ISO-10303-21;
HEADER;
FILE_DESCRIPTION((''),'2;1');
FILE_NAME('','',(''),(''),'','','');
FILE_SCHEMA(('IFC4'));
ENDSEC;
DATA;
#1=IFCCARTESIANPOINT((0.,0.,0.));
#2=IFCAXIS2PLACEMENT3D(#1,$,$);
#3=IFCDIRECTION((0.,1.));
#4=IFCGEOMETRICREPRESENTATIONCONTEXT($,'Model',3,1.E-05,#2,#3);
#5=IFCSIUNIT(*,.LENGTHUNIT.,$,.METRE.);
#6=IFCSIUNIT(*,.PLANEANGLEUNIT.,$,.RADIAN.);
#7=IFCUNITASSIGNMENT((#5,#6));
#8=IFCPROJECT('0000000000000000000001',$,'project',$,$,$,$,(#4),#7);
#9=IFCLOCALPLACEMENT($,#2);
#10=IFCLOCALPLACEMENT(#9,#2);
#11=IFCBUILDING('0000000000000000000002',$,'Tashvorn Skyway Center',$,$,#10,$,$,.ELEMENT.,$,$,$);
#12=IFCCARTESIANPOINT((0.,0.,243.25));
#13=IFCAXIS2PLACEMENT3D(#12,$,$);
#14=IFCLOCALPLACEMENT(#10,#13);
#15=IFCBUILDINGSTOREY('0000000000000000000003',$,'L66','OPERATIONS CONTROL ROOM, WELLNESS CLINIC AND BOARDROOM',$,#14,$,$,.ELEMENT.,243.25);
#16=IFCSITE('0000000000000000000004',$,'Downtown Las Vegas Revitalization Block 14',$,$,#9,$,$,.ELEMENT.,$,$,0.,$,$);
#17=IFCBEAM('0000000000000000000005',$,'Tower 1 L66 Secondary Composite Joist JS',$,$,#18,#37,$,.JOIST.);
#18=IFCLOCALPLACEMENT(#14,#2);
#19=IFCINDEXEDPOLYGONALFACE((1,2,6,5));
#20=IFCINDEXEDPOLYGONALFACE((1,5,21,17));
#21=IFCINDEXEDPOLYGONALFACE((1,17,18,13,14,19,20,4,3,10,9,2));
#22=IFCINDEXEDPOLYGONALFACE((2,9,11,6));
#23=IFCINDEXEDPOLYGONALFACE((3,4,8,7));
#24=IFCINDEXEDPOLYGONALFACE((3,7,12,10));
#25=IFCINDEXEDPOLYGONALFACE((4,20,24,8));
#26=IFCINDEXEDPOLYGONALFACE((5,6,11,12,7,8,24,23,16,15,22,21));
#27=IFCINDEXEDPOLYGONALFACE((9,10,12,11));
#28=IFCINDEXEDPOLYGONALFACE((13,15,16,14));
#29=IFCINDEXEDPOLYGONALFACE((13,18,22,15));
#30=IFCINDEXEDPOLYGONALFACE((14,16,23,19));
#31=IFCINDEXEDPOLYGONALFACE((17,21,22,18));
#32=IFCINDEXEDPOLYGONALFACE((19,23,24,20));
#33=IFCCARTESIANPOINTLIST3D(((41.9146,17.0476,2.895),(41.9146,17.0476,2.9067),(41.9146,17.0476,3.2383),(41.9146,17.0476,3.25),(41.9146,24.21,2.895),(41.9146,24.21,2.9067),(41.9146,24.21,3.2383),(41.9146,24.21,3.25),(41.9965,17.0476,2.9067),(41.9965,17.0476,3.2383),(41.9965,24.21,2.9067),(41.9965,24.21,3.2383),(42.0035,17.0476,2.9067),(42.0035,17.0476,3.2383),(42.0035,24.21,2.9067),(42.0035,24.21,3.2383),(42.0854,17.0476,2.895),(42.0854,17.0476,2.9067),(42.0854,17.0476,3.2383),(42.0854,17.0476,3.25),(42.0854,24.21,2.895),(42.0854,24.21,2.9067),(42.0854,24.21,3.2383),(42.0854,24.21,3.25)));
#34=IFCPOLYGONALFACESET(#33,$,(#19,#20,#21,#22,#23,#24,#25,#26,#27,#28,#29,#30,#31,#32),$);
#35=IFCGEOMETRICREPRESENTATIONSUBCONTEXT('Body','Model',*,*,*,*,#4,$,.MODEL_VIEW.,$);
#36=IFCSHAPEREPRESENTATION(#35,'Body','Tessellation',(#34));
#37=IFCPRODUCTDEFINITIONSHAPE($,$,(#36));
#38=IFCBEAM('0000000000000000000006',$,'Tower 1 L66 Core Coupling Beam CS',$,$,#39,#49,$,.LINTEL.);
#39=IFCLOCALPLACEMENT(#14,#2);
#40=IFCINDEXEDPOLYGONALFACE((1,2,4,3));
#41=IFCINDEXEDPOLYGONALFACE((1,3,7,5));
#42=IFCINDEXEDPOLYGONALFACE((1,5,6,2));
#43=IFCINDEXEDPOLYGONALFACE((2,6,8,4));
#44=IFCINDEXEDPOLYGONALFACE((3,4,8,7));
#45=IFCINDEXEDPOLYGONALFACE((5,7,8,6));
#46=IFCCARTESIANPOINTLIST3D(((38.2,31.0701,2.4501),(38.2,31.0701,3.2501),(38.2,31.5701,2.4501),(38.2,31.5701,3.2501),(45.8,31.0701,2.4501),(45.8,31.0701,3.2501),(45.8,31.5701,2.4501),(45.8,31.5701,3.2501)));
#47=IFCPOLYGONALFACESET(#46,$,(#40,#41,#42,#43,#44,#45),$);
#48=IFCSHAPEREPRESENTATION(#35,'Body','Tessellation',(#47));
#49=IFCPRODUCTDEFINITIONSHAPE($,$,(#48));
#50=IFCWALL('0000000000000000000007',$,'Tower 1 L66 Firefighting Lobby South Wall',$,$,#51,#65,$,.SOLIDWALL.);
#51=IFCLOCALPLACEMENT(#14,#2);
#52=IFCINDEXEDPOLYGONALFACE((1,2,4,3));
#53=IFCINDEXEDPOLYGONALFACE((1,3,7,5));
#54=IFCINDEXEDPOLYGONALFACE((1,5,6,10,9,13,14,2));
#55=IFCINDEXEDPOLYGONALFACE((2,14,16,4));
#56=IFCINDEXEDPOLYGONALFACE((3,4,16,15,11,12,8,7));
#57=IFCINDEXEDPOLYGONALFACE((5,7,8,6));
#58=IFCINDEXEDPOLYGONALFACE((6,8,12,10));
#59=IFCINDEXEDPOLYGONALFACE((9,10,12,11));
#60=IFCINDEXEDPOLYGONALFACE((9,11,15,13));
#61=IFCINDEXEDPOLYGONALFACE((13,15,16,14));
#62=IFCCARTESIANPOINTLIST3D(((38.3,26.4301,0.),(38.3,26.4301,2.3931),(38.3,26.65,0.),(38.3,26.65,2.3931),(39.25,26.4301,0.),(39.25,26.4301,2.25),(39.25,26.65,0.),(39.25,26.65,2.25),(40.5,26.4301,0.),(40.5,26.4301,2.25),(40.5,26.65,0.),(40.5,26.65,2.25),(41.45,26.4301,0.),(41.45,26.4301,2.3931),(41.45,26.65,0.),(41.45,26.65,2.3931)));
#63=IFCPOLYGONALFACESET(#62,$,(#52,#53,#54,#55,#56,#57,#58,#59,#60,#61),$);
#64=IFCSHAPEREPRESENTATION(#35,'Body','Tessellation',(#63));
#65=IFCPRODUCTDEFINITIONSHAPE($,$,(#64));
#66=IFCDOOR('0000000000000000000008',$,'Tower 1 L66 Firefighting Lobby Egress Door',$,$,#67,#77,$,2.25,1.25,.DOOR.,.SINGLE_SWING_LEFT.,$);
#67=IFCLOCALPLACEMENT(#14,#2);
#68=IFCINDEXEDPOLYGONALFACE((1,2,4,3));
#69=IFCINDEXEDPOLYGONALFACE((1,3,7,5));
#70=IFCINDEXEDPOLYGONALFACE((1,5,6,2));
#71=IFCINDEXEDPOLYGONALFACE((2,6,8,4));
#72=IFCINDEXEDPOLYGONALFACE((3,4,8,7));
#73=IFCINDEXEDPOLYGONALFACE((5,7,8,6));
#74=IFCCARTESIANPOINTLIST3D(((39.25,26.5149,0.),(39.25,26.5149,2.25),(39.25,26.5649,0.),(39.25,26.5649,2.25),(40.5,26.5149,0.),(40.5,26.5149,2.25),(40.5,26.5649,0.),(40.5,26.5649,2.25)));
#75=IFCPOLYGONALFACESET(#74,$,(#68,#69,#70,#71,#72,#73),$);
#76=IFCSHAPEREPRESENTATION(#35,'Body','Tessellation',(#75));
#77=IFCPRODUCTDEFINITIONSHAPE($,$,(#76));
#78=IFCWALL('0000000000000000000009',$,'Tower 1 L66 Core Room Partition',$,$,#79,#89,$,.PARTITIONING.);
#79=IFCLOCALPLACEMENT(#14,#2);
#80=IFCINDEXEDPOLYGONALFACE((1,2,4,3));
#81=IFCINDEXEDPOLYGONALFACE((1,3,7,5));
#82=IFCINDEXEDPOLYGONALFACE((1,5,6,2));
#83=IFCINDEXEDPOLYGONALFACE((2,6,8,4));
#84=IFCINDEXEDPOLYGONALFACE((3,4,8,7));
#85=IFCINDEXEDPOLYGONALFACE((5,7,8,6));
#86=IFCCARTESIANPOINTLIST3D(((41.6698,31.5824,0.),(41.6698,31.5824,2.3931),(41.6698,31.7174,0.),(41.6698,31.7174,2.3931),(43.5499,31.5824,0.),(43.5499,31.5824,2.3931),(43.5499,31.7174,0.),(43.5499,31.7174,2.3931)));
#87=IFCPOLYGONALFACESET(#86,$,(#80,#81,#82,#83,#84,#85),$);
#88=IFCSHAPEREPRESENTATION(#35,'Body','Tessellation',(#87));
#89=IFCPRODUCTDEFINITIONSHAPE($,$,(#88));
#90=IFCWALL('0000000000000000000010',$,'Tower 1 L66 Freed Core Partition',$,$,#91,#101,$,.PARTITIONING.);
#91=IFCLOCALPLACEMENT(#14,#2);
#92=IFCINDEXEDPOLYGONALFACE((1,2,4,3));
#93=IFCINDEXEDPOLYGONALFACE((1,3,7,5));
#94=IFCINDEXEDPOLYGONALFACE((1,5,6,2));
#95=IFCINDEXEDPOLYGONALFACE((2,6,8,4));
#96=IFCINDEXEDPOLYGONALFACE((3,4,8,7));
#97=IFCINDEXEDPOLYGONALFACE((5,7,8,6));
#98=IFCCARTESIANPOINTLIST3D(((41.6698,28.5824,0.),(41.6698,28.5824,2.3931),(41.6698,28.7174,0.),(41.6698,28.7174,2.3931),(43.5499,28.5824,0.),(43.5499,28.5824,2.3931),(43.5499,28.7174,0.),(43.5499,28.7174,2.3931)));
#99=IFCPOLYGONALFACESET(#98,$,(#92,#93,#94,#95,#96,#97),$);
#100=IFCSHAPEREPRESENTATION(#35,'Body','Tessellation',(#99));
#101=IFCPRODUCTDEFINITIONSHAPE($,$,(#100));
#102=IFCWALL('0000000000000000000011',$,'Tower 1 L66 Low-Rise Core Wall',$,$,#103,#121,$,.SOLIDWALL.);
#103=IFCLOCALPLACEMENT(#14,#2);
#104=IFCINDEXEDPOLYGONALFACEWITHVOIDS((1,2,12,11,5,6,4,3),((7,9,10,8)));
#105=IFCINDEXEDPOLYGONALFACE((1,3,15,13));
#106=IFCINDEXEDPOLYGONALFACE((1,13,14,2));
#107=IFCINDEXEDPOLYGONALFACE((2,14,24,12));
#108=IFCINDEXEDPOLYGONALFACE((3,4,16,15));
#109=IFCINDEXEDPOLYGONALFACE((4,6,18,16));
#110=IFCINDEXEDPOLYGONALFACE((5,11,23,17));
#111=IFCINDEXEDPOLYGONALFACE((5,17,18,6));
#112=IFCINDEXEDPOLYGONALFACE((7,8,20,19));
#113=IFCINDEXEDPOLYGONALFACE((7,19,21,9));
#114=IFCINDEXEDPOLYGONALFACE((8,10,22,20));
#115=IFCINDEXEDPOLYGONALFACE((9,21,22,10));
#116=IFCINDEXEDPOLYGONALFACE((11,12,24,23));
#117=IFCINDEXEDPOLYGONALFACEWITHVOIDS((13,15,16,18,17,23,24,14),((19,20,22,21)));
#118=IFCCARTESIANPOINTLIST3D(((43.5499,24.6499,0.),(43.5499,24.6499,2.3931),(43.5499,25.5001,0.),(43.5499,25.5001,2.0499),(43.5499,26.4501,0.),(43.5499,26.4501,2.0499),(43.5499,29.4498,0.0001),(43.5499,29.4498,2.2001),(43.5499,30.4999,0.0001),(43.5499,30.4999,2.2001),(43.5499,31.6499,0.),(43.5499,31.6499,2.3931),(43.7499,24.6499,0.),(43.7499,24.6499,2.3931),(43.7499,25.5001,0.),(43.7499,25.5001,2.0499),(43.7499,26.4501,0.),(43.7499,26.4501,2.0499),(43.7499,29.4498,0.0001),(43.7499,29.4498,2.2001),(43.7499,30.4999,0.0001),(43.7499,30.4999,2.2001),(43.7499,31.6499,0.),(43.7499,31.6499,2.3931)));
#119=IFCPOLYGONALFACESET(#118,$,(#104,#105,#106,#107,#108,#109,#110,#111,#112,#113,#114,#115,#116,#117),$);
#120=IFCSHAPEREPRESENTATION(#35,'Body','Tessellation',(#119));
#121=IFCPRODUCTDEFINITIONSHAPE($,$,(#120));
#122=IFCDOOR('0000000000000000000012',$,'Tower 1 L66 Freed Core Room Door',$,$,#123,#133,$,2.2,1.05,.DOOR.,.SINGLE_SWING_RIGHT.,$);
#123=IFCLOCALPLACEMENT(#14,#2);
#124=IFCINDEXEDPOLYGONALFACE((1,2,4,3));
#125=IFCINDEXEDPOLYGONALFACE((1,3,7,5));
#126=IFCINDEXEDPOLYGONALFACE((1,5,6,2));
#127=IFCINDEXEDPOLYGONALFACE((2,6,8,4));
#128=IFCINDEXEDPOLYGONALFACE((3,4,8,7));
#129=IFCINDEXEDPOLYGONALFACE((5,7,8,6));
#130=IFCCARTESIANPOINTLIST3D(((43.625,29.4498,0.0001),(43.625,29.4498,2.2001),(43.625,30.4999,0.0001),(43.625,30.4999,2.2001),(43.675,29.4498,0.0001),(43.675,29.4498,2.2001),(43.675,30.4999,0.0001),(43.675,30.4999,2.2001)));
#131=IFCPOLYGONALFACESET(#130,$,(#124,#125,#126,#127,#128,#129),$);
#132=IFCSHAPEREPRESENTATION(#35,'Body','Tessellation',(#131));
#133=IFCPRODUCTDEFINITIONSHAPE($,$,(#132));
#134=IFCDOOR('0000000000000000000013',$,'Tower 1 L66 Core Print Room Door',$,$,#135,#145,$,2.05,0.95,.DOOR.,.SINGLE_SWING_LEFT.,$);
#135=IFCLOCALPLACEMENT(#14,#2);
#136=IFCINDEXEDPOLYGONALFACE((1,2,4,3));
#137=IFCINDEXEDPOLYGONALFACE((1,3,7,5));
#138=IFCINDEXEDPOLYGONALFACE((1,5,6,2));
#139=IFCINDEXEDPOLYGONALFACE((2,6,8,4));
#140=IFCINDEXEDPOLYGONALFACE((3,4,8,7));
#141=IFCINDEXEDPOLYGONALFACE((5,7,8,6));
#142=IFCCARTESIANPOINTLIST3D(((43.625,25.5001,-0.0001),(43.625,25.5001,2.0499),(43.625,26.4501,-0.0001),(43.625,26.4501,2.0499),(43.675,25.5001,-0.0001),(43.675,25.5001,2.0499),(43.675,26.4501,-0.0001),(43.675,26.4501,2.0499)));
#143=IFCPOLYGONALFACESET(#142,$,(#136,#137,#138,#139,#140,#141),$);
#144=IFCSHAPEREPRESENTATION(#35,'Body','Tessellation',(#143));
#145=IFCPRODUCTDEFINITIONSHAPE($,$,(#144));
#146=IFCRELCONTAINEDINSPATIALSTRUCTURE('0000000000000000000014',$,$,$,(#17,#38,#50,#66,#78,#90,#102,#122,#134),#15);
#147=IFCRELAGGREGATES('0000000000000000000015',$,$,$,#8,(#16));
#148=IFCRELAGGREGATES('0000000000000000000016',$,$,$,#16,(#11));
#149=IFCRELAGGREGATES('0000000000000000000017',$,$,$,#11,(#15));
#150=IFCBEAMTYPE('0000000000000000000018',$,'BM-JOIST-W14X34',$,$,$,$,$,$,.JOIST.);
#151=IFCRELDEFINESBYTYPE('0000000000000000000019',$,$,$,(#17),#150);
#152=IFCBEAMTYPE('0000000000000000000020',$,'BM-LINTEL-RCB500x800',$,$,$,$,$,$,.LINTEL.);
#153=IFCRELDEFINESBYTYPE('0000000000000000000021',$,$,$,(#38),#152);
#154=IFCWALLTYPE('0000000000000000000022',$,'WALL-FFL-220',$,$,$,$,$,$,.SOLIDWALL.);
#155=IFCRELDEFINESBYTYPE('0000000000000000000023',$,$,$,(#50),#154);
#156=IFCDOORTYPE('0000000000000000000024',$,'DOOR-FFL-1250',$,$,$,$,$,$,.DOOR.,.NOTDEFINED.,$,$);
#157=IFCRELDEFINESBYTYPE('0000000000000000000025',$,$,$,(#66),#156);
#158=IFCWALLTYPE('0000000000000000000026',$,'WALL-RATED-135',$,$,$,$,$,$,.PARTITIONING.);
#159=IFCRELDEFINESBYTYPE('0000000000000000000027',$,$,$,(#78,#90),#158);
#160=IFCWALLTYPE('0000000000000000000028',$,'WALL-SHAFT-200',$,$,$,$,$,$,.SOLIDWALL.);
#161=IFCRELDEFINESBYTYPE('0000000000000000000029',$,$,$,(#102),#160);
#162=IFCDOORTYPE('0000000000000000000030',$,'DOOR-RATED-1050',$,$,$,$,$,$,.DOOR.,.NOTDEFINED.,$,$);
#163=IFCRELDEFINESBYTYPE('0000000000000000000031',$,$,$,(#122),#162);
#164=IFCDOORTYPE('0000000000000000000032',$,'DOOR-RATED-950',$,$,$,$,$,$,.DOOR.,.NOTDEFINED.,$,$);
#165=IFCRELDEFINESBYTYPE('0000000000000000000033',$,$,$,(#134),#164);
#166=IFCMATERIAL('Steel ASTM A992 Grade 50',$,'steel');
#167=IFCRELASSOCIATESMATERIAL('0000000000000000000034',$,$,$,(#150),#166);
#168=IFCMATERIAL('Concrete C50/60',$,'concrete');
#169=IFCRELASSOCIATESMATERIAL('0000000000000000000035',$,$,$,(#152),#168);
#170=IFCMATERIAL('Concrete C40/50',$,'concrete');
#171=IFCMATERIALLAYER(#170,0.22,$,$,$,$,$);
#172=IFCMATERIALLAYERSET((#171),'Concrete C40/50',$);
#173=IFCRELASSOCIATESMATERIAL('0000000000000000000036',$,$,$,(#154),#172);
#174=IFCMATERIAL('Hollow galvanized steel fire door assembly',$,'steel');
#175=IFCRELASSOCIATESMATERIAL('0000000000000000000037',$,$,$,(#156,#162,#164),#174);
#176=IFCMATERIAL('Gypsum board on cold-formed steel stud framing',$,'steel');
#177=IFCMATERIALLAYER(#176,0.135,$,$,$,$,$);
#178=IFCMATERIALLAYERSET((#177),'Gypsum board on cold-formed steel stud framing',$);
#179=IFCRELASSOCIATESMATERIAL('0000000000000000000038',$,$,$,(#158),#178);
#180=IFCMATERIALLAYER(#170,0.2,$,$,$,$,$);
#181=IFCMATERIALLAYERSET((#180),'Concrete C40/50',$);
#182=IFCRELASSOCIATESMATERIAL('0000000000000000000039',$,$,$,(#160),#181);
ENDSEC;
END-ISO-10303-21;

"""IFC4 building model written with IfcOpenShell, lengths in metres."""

from ifc_helpers import new_model, si_unit, direction, frame, frame_2d, origin, origin_2d, place, context, subcontext, project, spatial, rectangle, i_section, extrude, material, layer, layer_set, material_profile, profile_set, type_object, element, fill, save


model = new_model("IFC4")

# Units and contexts
model_context = context("Model", 3, precision=1e-05, world=origin(), true_north=direction((0.0, 1.0)))
body_context = subcontext(model_context, "Body", "Model", "MODEL_VIEW")
ifc_project = project(units=[si_unit("LENGTHUNIT", "METRE"), si_unit("PLANEANGLEUNIT", "RADIAN")], contexts=[model_context])

# Site, building, storey
site_placement = place(None, origin())
site = spatial("IfcSite", under=ifc_project, at=site_placement, Name="Downtown Las Vegas Revitalization Block 14", CompositionType="ELEMENT", RefElevation=0.0)
building_placement = place(site_placement, origin())
building = spatial("IfcBuilding", under=site, at=building_placement, Name="Tashvorn Skyway Center", CompositionType="ELEMENT")
storey_placement = place(building_placement, frame((0.0, 0.0, 243.25)))
storey = spatial("IfcBuildingStorey", under=building, at=storey_placement, Name="L66", Description="OPERATIONS CONTROL ROOM, WELLNESS CLINIC AND BOARDROOM", CompositionType="ELEMENT", Elevation=243.25)

# Beams
ifc_material_1 = material(Name="Steel ASTM A992 Grade 50", Category="steel")
ifc_material_profile_1 = material_profile(ifc_material_1, i_section(OverallWidth=0.1709, OverallDepth=0.355, WebThickness=0.0071, FlangeThickness=0.0117, at=origin_2d()), Name="W14X34")
ifc_profile_set_1 = profile_set([ifc_material_profile_1], Name="Steel ASTM A992 Grade 50")
beam_type_1 = type_object("IfcBeamType", Name="BM-JOIST-W14X34", PredefinedType="JOIST", material=ifc_profile_set_1)
beam_1_placement = place(storey_placement, frame((42.0, 24.21, 3.0725), z_axis=(0.0, -1.0, 0.0), x_axis=(1.0, 0.0, 0.0)))
element("IfcBeam", 1, at=beam_1_placement, inside=storey, type_object=beam_type_1, Name="Tower 1 L66 Secondary Composite Joist JS", PredefinedType="JOIST", context=body_context, shape_type="SweptSolid", body=[
    extrude(i_section(OverallWidth=0.1709, OverallDepth=0.355, WebThickness=0.0071, FlangeThickness=0.0117, at=origin_2d()), origin(), (0.0, 0.0, 1.0), 7.1624),
])
ifc_material_2 = material(Name="Concrete C50/60", Category="concrete")
ifc_material_profile_2 = material_profile(ifc_material_2, rectangle(XDim=0.5, YDim=0.8, at=origin_2d()), Name="RCB500x800")
ifc_profile_set_2 = profile_set([ifc_material_profile_2], Name="Concrete C50/60")
beam_type_2 = type_object("IfcBeamType", Name="BM-LINTEL-RCB500x800", PredefinedType="LINTEL", material=ifc_profile_set_2)
beam_2_placement = place(storey_placement, frame((38.2, 31.3201, 2.8501), z_axis=(1.0, 0.0, 0.0), x_axis=(0.0, 1.0, 0.0)))
element("IfcBeam", 2, at=beam_2_placement, inside=storey, type_object=beam_type_2, Name="Tower 1 L66 Core Coupling Beam CS", PredefinedType="LINTEL", context=body_context, shape_type="SweptSolid", body=[
    extrude(rectangle(XDim=0.5, YDim=0.8, at=origin_2d()), origin(), (0.0, 0.0, 1.0), 7.6001),
])

# Wall, opening, door
ifc_material_3 = material(Name="Concrete C40/50", Category="concrete")
ifc_layer_1 = layer(ifc_material_3, 0.22)
ifc_layer_set_1 = layer_set([ifc_layer_1], Name="Concrete C40/50")
wall_type_1 = type_object("IfcWallType", Name="WALL-FFL-220", PredefinedType="SOLIDWALL", material=ifc_layer_set_1)
wall_1_placement = place(storey_placement, frame((38.3, 26.54, 0.0), z_axis=(0.0, 0.0, 1.0), x_axis=(1.0, 0.0, 0.0)))
wall_1 = element("IfcWall", 3, at=wall_1_placement, inside=storey, type_object=wall_type_1, Name="Tower 1 L66 Firefighting Lobby South Wall", PredefinedType="SOLIDWALL", context=body_context, shape_type="SweptSolid", body=[
    extrude(rectangle(XDim=3.1499, YDim=0.22, at=frame_2d((1.575, 0.0))), origin(), (0.0, 0.0, 1.0), 2.3931),
])
opening_1_placement = place(wall_1_placement, frame((0.95, 0.0, 0.0)))
opening_1 = element("IfcOpeningElement", 4, at=opening_1_placement, cuts=wall_1, PredefinedType="OPENING", context=body_context, shape_type="SweptSolid", body=[
    extrude(rectangle(XDim=1.25, YDim=2.25, at=frame_2d((0.625, 1.125))), frame((0.0, 0.1199, 0.0), z_axis=(0.0, -1.0, 0.0), x_axis=(1.0, 0.0, 0.0)), (0.0, 0.0, 1.0), 0.24),
])
ifc_material_4 = material(Name="Hollow galvanized steel fire door assembly", Category="steel")
door_type_1 = type_object("IfcDoorType", Name="DOOR-FFL-1250", OperationType="NOTDEFINED", PredefinedType="DOOR", material=ifc_material_4)
door_1_placement = place(opening_1_placement, origin())
door_1 = element("IfcDoor", 5, at=door_1_placement, inside=storey, type_object=door_type_1, Name="Tower 1 L66 Firefighting Lobby Egress Door", OperationType="SINGLE_SWING_LEFT", OverallHeight=2.25, OverallWidth=1.25, PredefinedType="DOOR", context=body_context, shape_type="SweptSolid", body=[
    extrude(rectangle(XDim=1.25, YDim=2.25, at=frame_2d((0.625, 1.125))), frame((0.0, 0.0249, 0.0), z_axis=(0.0, -1.0, 0.0), x_axis=(1.0, 0.0, 0.0)), (0.0, 0.0, 1.0), 0.05),
])
fill(opening_1, door_1)

# Walls
ifc_material_5 = material(Name="Gypsum board on cold-formed steel stud framing", Category="steel")
ifc_layer_2 = layer(ifc_material_5, 0.135)
ifc_layer_set_2 = layer_set([ifc_layer_2], Name="Gypsum board on cold-formed steel stud framing")
wall_type_2 = type_object("IfcWallType", Name="WALL-RATED-135", PredefinedType="PARTITIONING", material=ifc_layer_set_2)
for number, where, z_axis, x_axis, name in (
    (6, (41.6699, 31.6499, 0.0), (0.0, 0.0, 1.0), (1.0, 0.0, 0.0), "Tower 1 L66 Core Room Partition"),
    (7, (41.6699, 28.6499, 0.0), (0.0, 0.0, 1.0), (1.0, 0.0, 0.0), "Tower 1 L66 Freed Core Partition"),
):
    element("IfcWall", number, at=place(storey_placement, frame(where, z_axis=z_axis, x_axis=x_axis)), inside=storey, type_object=wall_type_2, Name=name, PredefinedType="PARTITIONING", context=body_context, shape_type="SweptSolid", body=[
        extrude(rectangle(XDim=1.8801, YDim=0.135, at=frame_2d((0.9399, 0.0))), origin(), (0.0, 0.0, 1.0), 2.3931),
    ])

# Wall, openings, doors
ifc_layer_3 = layer(ifc_material_3, 0.2)
ifc_layer_set_3 = layer_set([ifc_layer_3], Name="Concrete C40/50")
wall_type_3 = type_object("IfcWallType", Name="WALL-SHAFT-200", PredefinedType="SOLIDWALL", material=ifc_layer_set_3)
wall_2_placement = place(storey_placement, frame((43.6499, 24.6499, 0.0), z_axis=(0.0, 0.0, 1.0), x_axis=(0.0, 1.0, 0.0)))
wall_2 = element("IfcWall", 8, at=wall_2_placement, inside=storey, type_object=wall_type_3, Name="Tower 1 L66 Low-Rise Core Wall", PredefinedType="SOLIDWALL", context=body_context, shape_type="SweptSolid", body=[
    extrude(rectangle(XDim=7.0, YDim=0.2, at=frame_2d((3.5, 0.0))), origin(), (0.0, 0.0, 1.0), 2.3931),
])
opening_2_placement = place(wall_2_placement, frame((0.8501, 0.0, 0.0)))
opening_2 = element("IfcOpeningElement", 9, at=opening_2_placement, cuts=wall_2, PredefinedType="OPENING", context=body_context, shape_type="SweptSolid", body=[
    extrude(rectangle(XDim=0.95, YDim=2.05, at=frame_2d((0.4751, 1.0249))), frame((0.0, 0.1099, 0.0), z_axis=(0.0, -1.0, 0.0), x_axis=(1.0, 0.0, 0.0)), (0.0, 0.0, 1.0), 0.22),
])
opening_3_placement = place(wall_2_placement, frame((4.8, 0.0, 0.0)))
opening_3 = element("IfcOpeningElement", 10, at=opening_3_placement, cuts=wall_2, PredefinedType="OPENING", context=body_context, shape_type="SweptSolid", body=[
    extrude(rectangle(XDim=1.05, YDim=2.2, at=frame_2d((0.5249, 1.1001))), frame((0.0, 0.1099, 0.0), z_axis=(0.0, -1.0, 0.0), x_axis=(1.0, 0.0, 0.0)), (0.0, 0.0, 1.0), 0.22),
])
door_type_2 = type_object("IfcDoorType", Name="DOOR-RATED-1050", OperationType="NOTDEFINED", PredefinedType="DOOR", material=ifc_material_4)
door_2_placement = place(opening_3_placement, origin())
door_2 = element("IfcDoor", 11, at=door_2_placement, inside=storey, type_object=door_type_2, Name="Tower 1 L66 Freed Core Room Door", OperationType="SINGLE_SWING_RIGHT", OverallHeight=2.2, OverallWidth=1.05, PredefinedType="DOOR", context=body_context, shape_type="SweptSolid", body=[
    extrude(rectangle(XDim=1.05, YDim=2.2, at=frame_2d((0.5249, 1.1001))), frame((0.0, 0.0249, 0.0), z_axis=(0.0, -1.0, 0.0), x_axis=(1.0, 0.0, 0.0)), (0.0, 0.0, 1.0), 0.05),
])
fill(opening_3, door_2)
door_type_3 = type_object("IfcDoorType", Name="DOOR-RATED-950", OperationType="NOTDEFINED", PredefinedType="DOOR", material=ifc_material_4)
door_3_placement = place(opening_2_placement, origin())
door_3 = element("IfcDoor", 12, at=door_3_placement, inside=storey, type_object=door_type_3, Name="Tower 1 L66 Core Print Room Door", OperationType="SINGLE_SWING_LEFT", OverallHeight=2.05, OverallWidth=0.95, PredefinedType="DOOR", context=body_context, shape_type="SweptSolid", body=[
    extrude(rectangle(XDim=0.95, YDim=2.05, at=frame_2d((0.4751, 1.0249))), frame((0.0, 0.0249, 0.0), z_axis=(0.0, -1.0, 0.0), x_axis=(1.0, 0.0, 0.0)), (0.0, 0.0, 1.0), 0.05),
])
fill(opening_2, door_3)

save(model, "model.ifc")
